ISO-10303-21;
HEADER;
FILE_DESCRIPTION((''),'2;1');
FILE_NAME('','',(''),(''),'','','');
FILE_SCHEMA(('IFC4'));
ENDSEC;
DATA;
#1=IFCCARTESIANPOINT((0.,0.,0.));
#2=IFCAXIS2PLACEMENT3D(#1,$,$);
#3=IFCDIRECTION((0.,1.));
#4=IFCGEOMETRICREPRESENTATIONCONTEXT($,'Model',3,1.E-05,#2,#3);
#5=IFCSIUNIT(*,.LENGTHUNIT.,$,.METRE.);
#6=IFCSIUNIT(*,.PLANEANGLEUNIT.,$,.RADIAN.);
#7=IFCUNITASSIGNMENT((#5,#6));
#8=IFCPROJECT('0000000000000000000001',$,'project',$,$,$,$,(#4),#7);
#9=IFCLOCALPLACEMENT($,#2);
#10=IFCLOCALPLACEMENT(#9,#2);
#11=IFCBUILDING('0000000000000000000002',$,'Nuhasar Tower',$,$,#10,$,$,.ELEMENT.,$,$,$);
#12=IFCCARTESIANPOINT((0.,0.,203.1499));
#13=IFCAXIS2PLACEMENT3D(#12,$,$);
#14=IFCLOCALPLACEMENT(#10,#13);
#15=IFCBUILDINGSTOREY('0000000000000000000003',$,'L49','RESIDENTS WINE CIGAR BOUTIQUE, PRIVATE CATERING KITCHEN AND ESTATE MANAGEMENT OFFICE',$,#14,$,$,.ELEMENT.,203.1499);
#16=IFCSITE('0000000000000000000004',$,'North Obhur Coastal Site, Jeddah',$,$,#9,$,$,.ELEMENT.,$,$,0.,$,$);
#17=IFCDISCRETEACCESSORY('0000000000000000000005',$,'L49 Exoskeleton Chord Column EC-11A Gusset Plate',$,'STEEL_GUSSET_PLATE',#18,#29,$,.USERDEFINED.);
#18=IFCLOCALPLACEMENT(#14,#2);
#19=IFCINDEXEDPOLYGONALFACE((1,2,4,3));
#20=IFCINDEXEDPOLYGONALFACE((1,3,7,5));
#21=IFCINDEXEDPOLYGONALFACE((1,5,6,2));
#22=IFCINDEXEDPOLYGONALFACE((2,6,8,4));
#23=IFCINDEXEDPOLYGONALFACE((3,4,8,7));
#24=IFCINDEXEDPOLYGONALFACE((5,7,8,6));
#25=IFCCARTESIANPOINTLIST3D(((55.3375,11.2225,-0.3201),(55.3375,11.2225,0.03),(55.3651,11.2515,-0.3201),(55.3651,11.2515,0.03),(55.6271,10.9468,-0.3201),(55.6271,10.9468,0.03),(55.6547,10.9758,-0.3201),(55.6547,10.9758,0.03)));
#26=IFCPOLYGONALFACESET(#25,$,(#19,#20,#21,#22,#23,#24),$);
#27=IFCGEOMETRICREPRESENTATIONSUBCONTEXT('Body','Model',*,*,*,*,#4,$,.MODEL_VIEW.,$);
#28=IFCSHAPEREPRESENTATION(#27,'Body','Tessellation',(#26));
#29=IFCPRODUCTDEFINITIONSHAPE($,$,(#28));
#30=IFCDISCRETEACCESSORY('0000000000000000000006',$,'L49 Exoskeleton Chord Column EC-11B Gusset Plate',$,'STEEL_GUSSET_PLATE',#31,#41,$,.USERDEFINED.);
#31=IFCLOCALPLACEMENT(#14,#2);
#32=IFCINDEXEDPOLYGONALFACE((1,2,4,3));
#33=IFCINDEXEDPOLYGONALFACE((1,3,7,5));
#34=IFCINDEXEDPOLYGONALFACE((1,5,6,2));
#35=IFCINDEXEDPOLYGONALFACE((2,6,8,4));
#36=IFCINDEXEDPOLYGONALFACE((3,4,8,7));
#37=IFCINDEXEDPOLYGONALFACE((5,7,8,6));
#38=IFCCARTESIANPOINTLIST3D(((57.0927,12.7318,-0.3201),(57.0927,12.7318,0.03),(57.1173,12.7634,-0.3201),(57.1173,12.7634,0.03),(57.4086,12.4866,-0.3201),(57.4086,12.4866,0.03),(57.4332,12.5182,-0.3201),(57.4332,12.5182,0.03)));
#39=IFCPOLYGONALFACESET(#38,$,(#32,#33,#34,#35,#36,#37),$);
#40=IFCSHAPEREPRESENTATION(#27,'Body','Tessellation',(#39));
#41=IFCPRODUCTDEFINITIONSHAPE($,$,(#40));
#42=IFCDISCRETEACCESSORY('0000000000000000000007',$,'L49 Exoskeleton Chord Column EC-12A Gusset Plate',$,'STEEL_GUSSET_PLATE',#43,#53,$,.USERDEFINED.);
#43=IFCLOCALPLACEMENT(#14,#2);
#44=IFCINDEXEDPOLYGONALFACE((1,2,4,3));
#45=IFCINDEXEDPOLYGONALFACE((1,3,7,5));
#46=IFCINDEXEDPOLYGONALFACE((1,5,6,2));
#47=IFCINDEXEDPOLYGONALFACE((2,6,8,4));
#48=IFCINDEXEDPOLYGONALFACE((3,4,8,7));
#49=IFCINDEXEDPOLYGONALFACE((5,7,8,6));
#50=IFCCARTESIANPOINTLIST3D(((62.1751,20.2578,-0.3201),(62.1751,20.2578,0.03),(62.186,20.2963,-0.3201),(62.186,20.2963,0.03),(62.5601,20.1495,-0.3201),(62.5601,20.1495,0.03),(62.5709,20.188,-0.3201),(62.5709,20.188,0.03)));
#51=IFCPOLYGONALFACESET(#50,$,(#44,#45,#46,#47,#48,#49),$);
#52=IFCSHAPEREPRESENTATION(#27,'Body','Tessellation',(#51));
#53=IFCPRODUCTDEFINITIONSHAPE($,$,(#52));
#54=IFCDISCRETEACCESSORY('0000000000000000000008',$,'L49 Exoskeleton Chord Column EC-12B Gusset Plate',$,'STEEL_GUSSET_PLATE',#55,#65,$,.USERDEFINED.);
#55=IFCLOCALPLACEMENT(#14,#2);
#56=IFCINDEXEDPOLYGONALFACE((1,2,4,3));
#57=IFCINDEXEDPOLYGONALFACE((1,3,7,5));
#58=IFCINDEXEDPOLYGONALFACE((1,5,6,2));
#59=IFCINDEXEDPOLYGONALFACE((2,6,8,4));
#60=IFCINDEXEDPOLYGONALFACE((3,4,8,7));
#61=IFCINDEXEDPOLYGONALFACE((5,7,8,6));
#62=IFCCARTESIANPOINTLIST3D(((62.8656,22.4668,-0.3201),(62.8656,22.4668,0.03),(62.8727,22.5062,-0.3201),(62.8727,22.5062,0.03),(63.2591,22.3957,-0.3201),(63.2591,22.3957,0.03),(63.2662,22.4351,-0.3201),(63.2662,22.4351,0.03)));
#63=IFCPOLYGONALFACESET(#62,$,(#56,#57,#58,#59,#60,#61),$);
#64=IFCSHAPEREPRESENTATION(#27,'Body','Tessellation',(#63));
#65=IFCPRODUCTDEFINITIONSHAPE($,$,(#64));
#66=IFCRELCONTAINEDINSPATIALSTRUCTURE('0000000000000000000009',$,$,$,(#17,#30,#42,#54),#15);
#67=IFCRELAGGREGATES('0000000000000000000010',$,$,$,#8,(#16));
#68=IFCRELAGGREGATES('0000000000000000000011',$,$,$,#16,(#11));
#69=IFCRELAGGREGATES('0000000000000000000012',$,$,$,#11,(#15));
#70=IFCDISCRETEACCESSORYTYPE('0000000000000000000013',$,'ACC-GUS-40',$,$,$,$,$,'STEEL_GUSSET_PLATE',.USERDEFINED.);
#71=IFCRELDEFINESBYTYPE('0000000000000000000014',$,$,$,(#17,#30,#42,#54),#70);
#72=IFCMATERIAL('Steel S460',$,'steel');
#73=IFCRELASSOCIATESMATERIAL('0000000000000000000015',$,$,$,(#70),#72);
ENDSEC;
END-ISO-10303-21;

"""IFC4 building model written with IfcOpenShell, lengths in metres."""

from ifc_helpers import new_model, si_unit, direction, frame, origin, origin_2d, place, context, subcontext, project, spatial, rectangle, extrude, material, type_object, element, save


model = new_model("IFC4")

# Units and contexts
model_context = context("Model", 3, precision=1e-05, world=origin(), true_north=direction((0.0, 1.0)))
body_context = subcontext(model_context, "Body", "Model", "MODEL_VIEW")
ifc_project = project(units=[si_unit("LENGTHUNIT", "METRE"), si_unit("PLANEANGLEUNIT", "RADIAN")], contexts=[model_context])

# Site, building, storey
site_placement = place(None, origin())
site = spatial("IfcSite", under=ifc_project, at=site_placement, Name="North Obhur Coastal Site, Jeddah", CompositionType="ELEMENT", RefElevation=0.0)
building_placement = place(site_placement, origin())
building = spatial("IfcBuilding", under=site, at=building_placement, Name="Nuhasar Tower", CompositionType="ELEMENT")
storey_placement = place(building_placement, frame((0.0, 0.0, 203.1499)))
storey = spatial("IfcBuildingStorey", under=building, at=storey_placement, Name="L49", Description="RESIDENTS WINE CIGAR BOUTIQUE, PRIVATE CATERING KITCHEN AND ESTATE MANAGEMENT OFFICE", CompositionType="ELEMENT", Elevation=203.1499)

# Shared definitions
ifc_material_1 = material(Name="Steel S460", Category="steel")

# Discrete accessories
discrete_accessory_type = type_object("IfcDiscreteAccessoryType", Name="ACC-GUS-40", ElementType="STEEL_GUSSET_PLATE", PredefinedType="USERDEFINED", material=ifc_material_1)
for number, where, z_axis, x_axis, name in (
    (1, (55.4961, 11.0991, -0.3201), (0.0, 0.0, 1.0), (0.724352, -0.68943, 0.0), "L49 Exoskeleton Chord Column EC-11A Gusset Plate"),
    (2, (57.2629, 12.625, -0.3201), (0.0, 0.0, 1.0), (0.789984, -0.613128, 0.0), "L49 Exoskeleton Chord Column EC-11B Gusset Plate"),
    (3, (62.373, 20.2229, -0.3201), (0.0, 0.0, 1.0), (0.962621, -0.270852, 0.0), "L49 Exoskeleton Chord Column EC-12A Gusset Plate"),
    (4, (63.0659, 22.4509, -0.3201), (0.0, 0.0, 1.0), (0.984062, -0.177823, 0.0), "L49 Exoskeleton Chord Column EC-12B Gusset Plate"),
):
    element("IfcDiscreteAccessory", number, at=place(storey_placement, frame(where, z_axis=z_axis, x_axis=x_axis)), inside=storey, type_object=discrete_accessory_type, Name=name, ObjectType="STEEL_GUSSET_PLATE", PredefinedType="USERDEFINED", context=body_context, shape_type="SweptSolid", body=[
        extrude(rectangle(XDim=0.3999, YDim=0.04, at=origin_2d()), origin(), (0.0, 0.0, 1.0), 0.3501),
    ])

save(model, "model.ifc")
